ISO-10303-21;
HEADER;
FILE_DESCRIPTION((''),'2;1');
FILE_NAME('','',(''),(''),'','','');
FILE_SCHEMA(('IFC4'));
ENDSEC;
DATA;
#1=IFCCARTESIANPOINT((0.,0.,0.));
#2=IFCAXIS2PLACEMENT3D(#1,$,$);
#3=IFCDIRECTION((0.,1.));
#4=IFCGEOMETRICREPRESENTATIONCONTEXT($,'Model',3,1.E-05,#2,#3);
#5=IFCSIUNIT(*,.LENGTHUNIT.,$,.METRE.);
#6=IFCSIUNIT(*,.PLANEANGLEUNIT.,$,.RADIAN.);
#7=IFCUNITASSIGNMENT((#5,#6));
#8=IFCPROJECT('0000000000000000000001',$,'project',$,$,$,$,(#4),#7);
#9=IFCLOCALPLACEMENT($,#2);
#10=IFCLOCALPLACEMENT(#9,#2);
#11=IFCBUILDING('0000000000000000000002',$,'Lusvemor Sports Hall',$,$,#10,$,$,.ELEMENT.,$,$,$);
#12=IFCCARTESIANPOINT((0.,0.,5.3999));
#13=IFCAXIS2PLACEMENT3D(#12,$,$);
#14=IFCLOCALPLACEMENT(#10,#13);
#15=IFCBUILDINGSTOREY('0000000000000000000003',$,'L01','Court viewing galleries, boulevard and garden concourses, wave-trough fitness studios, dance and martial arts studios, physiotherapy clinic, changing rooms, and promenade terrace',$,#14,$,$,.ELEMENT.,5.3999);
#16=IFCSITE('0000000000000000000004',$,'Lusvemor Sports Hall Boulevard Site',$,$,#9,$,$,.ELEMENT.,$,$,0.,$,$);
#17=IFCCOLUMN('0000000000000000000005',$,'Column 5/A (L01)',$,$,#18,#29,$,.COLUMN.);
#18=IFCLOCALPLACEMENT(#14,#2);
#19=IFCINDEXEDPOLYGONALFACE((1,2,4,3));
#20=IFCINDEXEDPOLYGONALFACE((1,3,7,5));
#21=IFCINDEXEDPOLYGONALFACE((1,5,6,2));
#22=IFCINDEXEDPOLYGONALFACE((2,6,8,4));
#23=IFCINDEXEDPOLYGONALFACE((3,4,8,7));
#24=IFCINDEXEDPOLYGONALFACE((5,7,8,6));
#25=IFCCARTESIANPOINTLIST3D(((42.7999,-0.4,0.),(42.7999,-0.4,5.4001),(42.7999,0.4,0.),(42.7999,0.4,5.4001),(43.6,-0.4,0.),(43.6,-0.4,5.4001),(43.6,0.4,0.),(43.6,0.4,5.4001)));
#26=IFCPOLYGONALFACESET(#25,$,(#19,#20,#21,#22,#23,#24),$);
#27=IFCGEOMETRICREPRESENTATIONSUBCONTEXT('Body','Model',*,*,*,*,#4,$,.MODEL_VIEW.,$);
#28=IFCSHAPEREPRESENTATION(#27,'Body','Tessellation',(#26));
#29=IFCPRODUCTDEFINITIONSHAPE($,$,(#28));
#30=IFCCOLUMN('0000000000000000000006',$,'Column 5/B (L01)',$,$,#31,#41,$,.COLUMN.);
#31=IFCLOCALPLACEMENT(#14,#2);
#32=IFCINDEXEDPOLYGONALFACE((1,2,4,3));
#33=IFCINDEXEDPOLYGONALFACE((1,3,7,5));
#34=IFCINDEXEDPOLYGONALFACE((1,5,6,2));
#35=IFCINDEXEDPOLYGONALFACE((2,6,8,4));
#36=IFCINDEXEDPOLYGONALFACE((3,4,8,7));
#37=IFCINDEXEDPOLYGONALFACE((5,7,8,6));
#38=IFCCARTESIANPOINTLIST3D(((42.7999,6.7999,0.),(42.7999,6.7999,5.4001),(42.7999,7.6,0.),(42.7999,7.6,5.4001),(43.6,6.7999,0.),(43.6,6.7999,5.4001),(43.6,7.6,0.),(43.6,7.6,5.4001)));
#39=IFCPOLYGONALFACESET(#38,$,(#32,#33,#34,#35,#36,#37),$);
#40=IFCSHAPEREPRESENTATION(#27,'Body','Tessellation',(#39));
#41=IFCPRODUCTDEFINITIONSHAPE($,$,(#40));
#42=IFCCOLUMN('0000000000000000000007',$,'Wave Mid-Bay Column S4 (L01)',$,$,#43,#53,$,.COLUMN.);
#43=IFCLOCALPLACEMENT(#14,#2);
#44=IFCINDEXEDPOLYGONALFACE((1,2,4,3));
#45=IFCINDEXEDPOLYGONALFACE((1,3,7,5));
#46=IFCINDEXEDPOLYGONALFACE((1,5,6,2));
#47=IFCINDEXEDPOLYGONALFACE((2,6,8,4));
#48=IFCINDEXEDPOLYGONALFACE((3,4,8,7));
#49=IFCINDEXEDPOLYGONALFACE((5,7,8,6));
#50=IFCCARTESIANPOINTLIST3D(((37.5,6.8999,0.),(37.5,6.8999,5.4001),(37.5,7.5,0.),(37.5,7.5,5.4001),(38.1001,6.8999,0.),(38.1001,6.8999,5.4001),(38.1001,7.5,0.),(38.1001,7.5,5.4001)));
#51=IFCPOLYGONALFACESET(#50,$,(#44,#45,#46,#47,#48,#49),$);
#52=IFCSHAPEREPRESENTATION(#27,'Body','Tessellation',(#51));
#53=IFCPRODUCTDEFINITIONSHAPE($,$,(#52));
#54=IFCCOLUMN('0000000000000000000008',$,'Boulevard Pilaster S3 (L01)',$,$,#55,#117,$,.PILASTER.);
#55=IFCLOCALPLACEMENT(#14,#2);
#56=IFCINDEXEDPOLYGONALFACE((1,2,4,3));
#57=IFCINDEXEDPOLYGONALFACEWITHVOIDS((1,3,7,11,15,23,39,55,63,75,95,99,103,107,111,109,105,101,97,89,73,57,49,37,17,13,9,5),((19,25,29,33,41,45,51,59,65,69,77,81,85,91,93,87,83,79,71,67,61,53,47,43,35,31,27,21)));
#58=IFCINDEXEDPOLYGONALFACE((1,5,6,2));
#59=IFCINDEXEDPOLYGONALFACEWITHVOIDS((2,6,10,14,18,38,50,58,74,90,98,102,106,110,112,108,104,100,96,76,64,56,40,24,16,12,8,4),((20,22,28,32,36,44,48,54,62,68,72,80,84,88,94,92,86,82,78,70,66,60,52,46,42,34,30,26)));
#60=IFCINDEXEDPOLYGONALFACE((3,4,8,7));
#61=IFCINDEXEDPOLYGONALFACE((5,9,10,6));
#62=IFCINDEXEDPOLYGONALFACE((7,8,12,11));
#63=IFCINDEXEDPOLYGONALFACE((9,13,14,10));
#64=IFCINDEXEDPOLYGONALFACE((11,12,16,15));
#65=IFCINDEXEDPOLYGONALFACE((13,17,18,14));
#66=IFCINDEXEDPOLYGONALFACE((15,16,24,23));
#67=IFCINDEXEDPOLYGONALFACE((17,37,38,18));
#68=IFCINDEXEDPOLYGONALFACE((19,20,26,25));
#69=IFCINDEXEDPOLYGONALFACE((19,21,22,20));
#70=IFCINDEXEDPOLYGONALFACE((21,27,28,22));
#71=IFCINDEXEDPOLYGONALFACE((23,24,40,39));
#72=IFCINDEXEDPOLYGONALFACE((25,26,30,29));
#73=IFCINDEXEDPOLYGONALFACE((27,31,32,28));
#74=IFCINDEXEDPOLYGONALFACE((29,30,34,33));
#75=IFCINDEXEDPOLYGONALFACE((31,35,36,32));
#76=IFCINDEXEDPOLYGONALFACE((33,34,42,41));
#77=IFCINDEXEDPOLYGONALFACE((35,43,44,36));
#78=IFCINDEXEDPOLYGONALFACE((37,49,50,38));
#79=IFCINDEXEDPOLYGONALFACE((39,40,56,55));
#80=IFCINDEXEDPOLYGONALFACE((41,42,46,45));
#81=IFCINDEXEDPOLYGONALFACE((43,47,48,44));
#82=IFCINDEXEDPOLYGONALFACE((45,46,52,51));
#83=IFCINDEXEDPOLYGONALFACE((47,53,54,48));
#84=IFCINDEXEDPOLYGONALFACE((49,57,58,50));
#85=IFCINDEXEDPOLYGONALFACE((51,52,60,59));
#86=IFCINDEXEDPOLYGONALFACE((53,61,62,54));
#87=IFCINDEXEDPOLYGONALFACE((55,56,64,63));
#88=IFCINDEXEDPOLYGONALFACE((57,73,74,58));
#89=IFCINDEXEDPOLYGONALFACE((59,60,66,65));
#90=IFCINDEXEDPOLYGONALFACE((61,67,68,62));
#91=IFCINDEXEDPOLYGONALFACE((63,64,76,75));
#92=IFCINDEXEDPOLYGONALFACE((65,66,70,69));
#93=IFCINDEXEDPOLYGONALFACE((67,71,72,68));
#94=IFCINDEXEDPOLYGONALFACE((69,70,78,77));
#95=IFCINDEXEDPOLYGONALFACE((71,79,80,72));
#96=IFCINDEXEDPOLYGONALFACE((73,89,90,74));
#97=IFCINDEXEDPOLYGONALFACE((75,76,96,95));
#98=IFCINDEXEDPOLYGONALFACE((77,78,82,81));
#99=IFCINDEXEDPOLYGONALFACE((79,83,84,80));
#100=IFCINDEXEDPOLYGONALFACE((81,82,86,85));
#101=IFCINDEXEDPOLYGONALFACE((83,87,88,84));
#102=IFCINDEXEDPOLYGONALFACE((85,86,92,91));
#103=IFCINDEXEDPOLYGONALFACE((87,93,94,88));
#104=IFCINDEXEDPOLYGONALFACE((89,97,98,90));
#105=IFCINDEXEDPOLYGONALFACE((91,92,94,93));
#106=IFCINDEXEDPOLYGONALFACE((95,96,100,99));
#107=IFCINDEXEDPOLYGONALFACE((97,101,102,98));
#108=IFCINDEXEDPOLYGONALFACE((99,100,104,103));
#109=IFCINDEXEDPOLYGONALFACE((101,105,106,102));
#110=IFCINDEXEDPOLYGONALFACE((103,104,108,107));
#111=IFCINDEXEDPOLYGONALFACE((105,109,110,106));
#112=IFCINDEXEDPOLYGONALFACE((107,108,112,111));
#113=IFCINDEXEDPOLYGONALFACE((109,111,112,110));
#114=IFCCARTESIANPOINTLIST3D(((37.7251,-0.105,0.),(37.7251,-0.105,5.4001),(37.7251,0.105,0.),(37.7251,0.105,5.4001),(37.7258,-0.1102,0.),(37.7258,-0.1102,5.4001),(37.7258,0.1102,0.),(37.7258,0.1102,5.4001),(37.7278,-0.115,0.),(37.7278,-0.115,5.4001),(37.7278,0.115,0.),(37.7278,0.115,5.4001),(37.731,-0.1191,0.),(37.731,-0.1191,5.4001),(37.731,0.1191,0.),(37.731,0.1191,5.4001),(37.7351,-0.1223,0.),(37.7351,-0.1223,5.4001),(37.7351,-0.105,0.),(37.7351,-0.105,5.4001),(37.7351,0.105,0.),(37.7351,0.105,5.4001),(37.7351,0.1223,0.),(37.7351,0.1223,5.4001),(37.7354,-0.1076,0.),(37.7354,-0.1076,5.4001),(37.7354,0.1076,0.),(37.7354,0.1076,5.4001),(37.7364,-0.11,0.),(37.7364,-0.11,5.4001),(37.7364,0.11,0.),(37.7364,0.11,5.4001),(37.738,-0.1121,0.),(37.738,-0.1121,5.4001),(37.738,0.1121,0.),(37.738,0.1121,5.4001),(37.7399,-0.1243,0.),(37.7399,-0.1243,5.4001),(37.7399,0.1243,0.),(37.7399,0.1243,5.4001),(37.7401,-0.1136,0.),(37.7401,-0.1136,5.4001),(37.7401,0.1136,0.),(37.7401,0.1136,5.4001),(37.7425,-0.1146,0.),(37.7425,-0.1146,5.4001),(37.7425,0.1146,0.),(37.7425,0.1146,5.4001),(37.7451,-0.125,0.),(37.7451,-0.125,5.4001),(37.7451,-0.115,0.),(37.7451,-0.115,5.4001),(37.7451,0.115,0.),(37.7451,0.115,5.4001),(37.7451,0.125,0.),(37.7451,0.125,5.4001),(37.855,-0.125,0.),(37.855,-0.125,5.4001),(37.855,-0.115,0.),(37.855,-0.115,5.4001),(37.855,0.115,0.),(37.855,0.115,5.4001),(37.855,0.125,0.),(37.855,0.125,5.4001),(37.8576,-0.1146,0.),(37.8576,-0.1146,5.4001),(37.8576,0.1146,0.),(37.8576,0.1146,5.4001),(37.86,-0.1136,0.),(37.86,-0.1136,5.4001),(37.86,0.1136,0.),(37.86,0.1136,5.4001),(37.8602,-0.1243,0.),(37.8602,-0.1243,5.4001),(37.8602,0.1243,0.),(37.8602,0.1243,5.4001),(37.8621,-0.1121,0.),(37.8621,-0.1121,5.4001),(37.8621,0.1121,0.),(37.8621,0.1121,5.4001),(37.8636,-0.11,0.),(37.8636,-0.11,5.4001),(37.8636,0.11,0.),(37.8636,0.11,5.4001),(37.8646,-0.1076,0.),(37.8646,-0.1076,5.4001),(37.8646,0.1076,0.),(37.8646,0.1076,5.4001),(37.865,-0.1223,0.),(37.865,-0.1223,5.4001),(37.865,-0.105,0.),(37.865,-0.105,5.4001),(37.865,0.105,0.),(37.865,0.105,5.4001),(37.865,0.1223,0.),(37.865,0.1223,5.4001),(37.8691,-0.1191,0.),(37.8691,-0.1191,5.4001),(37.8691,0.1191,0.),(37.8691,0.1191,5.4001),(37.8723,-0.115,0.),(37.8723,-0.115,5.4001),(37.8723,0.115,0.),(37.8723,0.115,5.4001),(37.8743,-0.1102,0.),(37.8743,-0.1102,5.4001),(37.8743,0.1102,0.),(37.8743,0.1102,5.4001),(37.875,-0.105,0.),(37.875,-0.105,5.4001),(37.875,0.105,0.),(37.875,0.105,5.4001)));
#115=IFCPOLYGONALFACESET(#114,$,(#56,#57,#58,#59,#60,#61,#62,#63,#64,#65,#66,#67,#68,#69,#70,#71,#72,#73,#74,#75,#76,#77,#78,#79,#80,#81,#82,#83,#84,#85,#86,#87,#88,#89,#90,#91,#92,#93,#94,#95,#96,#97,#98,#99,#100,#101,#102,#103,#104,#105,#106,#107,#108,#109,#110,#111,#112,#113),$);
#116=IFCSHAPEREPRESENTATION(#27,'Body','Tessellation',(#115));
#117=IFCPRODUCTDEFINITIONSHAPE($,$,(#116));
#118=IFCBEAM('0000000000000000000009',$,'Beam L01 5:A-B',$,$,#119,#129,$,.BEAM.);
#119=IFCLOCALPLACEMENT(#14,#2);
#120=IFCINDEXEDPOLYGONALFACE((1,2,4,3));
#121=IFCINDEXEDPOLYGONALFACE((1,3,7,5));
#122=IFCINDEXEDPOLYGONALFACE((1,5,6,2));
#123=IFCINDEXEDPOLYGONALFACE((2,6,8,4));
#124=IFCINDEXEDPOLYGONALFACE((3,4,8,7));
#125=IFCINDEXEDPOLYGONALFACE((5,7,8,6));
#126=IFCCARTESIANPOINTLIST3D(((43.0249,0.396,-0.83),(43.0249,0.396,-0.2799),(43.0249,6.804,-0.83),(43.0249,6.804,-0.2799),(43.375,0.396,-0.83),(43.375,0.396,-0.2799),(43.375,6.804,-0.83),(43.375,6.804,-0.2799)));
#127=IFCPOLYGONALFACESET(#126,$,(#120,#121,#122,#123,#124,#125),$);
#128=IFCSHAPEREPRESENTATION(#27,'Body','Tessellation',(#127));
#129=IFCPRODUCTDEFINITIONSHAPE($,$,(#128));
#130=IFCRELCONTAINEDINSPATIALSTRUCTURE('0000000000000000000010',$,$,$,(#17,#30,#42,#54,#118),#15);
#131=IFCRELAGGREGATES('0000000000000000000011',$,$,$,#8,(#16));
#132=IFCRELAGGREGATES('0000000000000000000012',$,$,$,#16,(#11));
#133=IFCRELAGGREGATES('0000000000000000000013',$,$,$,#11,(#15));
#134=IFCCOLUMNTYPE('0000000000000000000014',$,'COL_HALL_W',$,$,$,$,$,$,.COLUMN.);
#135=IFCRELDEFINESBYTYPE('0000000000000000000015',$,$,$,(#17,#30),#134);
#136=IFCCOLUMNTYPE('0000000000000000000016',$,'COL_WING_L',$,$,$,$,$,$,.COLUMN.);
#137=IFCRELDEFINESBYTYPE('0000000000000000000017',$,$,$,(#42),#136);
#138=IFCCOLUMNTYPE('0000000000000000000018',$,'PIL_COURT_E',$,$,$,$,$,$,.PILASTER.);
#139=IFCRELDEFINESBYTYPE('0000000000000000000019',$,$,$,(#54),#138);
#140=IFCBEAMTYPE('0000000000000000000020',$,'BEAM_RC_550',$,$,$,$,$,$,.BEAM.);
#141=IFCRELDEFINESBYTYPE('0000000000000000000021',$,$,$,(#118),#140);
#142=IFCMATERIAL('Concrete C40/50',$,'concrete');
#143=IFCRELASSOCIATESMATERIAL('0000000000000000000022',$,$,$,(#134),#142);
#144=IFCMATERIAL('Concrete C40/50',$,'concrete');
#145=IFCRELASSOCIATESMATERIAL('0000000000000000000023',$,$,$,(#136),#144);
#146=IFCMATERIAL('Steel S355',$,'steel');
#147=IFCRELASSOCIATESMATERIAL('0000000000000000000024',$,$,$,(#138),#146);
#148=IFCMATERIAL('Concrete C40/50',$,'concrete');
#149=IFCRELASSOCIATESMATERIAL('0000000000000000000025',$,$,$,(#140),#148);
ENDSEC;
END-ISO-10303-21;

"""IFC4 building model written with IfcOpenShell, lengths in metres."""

from ifc_helpers import new_model, si_unit, direction, frame, origin, origin_2d, place, context, subcontext, project, spatial, rectangle, hollow_rectangle, extrude, material, material_profile, profile_set, type_object, element, save


model = new_model("IFC4")

# Units and contexts
model_context = context("Model", 3, precision=1e-05, world=origin(), true_north=direction((0.0, 1.0)))
body_context = subcontext(model_context, "Body", "Model", "MODEL_VIEW")
ifc_project = project(units=[si_unit("LENGTHUNIT", "METRE"), si_unit("PLANEANGLEUNIT", "RADIAN")], contexts=[model_context])

# Site, building, storey
site_placement = place(None, origin())
site = spatial("IfcSite", under=ifc_project, at=site_placement, Name="Lusvemor Sports Hall Boulevard Site", CompositionType="ELEMENT", RefElevation=0.0)
building_placement = place(site_placement, origin())
building = spatial("IfcBuilding", under=site, at=building_placement, Name="Lusvemor Sports Hall", CompositionType="ELEMENT")
storey_placement = place(building_placement, frame((0.0, 0.0, 5.3999)))
storey = spatial("IfcBuildingStorey", under=building, at=storey_placement, Name="L01", Description="Court viewing galleries, boulevard and garden concourses, wave-trough fitness studios, dance and martial arts studios, physiotherapy clinic, changing rooms, and promenade terrace", CompositionType="ELEMENT", Elevation=5.3999)

# Columns
ifc_material_1 = material(Name="Concrete C40/50", Category="concrete")
ifc_material_profile_1 = material_profile(ifc_material_1, rectangle(XDim=0.8, YDim=0.8, at=origin_2d()), Name="RC800x800")
ifc_profile_set_1 = profile_set([ifc_material_profile_1], Name="Concrete C40/50")
column_type_1 = type_object("IfcColumnType", Name="COL_HALL_W", PredefinedType="COLUMN", material=ifc_profile_set_1)
for number, where, z_axis, x_axis, name in (
    (1, (43.2, 0.0, 0.0), (0.0, 0.0, 1.0), (1.0, 0.0, 0.0), "Column 5/A (L01)"),
    (2, (43.2, 7.2, 0.0), (0.0, 0.0, 1.0), (1.0, 0.0, 0.0), "Column 5/B (L01)"),
):
    element("IfcColumn", number, at=place(storey_placement, frame(where, z_axis=z_axis, x_axis=x_axis)), inside=storey, type_object=column_type_1, Name=name, PredefinedType="COLUMN", context=body_context, shape_type="SweptSolid", body=[
        extrude(rectangle(XDim=0.8, YDim=0.8, at=origin_2d()), origin(), (0.0, 0.0, 1.0), 5.4001),
    ])
ifc_material_2 = material(Name="Concrete C40/50", Category="concrete")
ifc_material_profile_2 = material_profile(ifc_material_2, rectangle(XDim=0.6001, YDim=0.6001, at=origin_2d()), Name="RC600x600")
ifc_profile_set_2 = profile_set([ifc_material_profile_2], Name="Concrete C40/50")
column_type_2 = type_object("IfcColumnType", Name="COL_WING_L", PredefinedType="COLUMN", material=ifc_profile_set_2)
column_1_placement = place(storey_placement, frame((37.8, 7.2, 0.0), z_axis=(0.0, 0.0, 1.0), x_axis=(1.0, 0.0, 0.0)))
element("IfcColumn", 3, at=column_1_placement, inside=storey, type_object=column_type_2, Name="Wave Mid-Bay Column S4 (L01)", PredefinedType="COLUMN", context=body_context, shape_type="SweptSolid", body=[
    extrude(rectangle(XDim=0.6001, YDim=0.6001, at=origin_2d()), origin(), (0.0, 0.0, 1.0), 5.4001),
])
ifc_material_3 = material(Name="Steel S355", Category="steel")
ifc_material_profile_3 = material_profile(ifc_material_3, hollow_rectangle(XDim=0.1499, YDim=0.25, WallThickness=0.01, InnerFilletRadius=0.01, OuterFilletRadius=0.02, at=origin_2d()), Name="RHS250x150x10")
ifc_profile_set_3 = profile_set([ifc_material_profile_3], Name="Steel S355")
column_type_3 = type_object("IfcColumnType", Name="PIL_COURT_E", PredefinedType="PILASTER", material=ifc_profile_set_3)
column_2_placement = place(storey_placement, frame((37.8, 0.0, 0.0), z_axis=(0.0, 0.0, 1.0), x_axis=(1.0, 0.0, 0.0)))
element("IfcColumn", 4, at=column_2_placement, inside=storey, type_object=column_type_3, Name="Boulevard Pilaster S3 (L01)", PredefinedType="PILASTER", context=body_context, shape_type="SweptSolid", body=[
    extrude(hollow_rectangle(XDim=0.1499, YDim=0.25, WallThickness=0.01, InnerFilletRadius=0.01, OuterFilletRadius=0.02, at=origin_2d()), origin(), (0.0, 0.0, 1.0), 5.4001),
])

# Beam
ifc_material_4 = material(Name="Concrete C40/50", Category="concrete")
ifc_material_profile_4 = material_profile(ifc_material_4, rectangle(XDim=0.3501, YDim=0.55, at=origin_2d()), Name="RC350x550")
ifc_profile_set_4 = profile_set([ifc_material_profile_4], Name="Concrete C40/50")
beam_type_1 = type_object("IfcBeamType", Name="BEAM_RC_550", PredefinedType="BEAM", material=ifc_profile_set_4)
beam_1_placement = place(storey_placement, frame((43.2, 0.396, -0.5549), z_axis=(0.0, 1.0, 0.0), x_axis=(-1.0, 0.0, 0.0)))
element("IfcBeam", 5, at=beam_1_placement, inside=storey, type_object=beam_type_1, Name="Beam L01 5:A-B", PredefinedType="BEAM", context=body_context, shape_type="SweptSolid", body=[
    extrude(rectangle(XDim=0.3501, YDim=0.55, at=origin_2d()), origin(), (0.0, 0.0, 1.0), 6.408),
])

save(model, "model.ifc")
